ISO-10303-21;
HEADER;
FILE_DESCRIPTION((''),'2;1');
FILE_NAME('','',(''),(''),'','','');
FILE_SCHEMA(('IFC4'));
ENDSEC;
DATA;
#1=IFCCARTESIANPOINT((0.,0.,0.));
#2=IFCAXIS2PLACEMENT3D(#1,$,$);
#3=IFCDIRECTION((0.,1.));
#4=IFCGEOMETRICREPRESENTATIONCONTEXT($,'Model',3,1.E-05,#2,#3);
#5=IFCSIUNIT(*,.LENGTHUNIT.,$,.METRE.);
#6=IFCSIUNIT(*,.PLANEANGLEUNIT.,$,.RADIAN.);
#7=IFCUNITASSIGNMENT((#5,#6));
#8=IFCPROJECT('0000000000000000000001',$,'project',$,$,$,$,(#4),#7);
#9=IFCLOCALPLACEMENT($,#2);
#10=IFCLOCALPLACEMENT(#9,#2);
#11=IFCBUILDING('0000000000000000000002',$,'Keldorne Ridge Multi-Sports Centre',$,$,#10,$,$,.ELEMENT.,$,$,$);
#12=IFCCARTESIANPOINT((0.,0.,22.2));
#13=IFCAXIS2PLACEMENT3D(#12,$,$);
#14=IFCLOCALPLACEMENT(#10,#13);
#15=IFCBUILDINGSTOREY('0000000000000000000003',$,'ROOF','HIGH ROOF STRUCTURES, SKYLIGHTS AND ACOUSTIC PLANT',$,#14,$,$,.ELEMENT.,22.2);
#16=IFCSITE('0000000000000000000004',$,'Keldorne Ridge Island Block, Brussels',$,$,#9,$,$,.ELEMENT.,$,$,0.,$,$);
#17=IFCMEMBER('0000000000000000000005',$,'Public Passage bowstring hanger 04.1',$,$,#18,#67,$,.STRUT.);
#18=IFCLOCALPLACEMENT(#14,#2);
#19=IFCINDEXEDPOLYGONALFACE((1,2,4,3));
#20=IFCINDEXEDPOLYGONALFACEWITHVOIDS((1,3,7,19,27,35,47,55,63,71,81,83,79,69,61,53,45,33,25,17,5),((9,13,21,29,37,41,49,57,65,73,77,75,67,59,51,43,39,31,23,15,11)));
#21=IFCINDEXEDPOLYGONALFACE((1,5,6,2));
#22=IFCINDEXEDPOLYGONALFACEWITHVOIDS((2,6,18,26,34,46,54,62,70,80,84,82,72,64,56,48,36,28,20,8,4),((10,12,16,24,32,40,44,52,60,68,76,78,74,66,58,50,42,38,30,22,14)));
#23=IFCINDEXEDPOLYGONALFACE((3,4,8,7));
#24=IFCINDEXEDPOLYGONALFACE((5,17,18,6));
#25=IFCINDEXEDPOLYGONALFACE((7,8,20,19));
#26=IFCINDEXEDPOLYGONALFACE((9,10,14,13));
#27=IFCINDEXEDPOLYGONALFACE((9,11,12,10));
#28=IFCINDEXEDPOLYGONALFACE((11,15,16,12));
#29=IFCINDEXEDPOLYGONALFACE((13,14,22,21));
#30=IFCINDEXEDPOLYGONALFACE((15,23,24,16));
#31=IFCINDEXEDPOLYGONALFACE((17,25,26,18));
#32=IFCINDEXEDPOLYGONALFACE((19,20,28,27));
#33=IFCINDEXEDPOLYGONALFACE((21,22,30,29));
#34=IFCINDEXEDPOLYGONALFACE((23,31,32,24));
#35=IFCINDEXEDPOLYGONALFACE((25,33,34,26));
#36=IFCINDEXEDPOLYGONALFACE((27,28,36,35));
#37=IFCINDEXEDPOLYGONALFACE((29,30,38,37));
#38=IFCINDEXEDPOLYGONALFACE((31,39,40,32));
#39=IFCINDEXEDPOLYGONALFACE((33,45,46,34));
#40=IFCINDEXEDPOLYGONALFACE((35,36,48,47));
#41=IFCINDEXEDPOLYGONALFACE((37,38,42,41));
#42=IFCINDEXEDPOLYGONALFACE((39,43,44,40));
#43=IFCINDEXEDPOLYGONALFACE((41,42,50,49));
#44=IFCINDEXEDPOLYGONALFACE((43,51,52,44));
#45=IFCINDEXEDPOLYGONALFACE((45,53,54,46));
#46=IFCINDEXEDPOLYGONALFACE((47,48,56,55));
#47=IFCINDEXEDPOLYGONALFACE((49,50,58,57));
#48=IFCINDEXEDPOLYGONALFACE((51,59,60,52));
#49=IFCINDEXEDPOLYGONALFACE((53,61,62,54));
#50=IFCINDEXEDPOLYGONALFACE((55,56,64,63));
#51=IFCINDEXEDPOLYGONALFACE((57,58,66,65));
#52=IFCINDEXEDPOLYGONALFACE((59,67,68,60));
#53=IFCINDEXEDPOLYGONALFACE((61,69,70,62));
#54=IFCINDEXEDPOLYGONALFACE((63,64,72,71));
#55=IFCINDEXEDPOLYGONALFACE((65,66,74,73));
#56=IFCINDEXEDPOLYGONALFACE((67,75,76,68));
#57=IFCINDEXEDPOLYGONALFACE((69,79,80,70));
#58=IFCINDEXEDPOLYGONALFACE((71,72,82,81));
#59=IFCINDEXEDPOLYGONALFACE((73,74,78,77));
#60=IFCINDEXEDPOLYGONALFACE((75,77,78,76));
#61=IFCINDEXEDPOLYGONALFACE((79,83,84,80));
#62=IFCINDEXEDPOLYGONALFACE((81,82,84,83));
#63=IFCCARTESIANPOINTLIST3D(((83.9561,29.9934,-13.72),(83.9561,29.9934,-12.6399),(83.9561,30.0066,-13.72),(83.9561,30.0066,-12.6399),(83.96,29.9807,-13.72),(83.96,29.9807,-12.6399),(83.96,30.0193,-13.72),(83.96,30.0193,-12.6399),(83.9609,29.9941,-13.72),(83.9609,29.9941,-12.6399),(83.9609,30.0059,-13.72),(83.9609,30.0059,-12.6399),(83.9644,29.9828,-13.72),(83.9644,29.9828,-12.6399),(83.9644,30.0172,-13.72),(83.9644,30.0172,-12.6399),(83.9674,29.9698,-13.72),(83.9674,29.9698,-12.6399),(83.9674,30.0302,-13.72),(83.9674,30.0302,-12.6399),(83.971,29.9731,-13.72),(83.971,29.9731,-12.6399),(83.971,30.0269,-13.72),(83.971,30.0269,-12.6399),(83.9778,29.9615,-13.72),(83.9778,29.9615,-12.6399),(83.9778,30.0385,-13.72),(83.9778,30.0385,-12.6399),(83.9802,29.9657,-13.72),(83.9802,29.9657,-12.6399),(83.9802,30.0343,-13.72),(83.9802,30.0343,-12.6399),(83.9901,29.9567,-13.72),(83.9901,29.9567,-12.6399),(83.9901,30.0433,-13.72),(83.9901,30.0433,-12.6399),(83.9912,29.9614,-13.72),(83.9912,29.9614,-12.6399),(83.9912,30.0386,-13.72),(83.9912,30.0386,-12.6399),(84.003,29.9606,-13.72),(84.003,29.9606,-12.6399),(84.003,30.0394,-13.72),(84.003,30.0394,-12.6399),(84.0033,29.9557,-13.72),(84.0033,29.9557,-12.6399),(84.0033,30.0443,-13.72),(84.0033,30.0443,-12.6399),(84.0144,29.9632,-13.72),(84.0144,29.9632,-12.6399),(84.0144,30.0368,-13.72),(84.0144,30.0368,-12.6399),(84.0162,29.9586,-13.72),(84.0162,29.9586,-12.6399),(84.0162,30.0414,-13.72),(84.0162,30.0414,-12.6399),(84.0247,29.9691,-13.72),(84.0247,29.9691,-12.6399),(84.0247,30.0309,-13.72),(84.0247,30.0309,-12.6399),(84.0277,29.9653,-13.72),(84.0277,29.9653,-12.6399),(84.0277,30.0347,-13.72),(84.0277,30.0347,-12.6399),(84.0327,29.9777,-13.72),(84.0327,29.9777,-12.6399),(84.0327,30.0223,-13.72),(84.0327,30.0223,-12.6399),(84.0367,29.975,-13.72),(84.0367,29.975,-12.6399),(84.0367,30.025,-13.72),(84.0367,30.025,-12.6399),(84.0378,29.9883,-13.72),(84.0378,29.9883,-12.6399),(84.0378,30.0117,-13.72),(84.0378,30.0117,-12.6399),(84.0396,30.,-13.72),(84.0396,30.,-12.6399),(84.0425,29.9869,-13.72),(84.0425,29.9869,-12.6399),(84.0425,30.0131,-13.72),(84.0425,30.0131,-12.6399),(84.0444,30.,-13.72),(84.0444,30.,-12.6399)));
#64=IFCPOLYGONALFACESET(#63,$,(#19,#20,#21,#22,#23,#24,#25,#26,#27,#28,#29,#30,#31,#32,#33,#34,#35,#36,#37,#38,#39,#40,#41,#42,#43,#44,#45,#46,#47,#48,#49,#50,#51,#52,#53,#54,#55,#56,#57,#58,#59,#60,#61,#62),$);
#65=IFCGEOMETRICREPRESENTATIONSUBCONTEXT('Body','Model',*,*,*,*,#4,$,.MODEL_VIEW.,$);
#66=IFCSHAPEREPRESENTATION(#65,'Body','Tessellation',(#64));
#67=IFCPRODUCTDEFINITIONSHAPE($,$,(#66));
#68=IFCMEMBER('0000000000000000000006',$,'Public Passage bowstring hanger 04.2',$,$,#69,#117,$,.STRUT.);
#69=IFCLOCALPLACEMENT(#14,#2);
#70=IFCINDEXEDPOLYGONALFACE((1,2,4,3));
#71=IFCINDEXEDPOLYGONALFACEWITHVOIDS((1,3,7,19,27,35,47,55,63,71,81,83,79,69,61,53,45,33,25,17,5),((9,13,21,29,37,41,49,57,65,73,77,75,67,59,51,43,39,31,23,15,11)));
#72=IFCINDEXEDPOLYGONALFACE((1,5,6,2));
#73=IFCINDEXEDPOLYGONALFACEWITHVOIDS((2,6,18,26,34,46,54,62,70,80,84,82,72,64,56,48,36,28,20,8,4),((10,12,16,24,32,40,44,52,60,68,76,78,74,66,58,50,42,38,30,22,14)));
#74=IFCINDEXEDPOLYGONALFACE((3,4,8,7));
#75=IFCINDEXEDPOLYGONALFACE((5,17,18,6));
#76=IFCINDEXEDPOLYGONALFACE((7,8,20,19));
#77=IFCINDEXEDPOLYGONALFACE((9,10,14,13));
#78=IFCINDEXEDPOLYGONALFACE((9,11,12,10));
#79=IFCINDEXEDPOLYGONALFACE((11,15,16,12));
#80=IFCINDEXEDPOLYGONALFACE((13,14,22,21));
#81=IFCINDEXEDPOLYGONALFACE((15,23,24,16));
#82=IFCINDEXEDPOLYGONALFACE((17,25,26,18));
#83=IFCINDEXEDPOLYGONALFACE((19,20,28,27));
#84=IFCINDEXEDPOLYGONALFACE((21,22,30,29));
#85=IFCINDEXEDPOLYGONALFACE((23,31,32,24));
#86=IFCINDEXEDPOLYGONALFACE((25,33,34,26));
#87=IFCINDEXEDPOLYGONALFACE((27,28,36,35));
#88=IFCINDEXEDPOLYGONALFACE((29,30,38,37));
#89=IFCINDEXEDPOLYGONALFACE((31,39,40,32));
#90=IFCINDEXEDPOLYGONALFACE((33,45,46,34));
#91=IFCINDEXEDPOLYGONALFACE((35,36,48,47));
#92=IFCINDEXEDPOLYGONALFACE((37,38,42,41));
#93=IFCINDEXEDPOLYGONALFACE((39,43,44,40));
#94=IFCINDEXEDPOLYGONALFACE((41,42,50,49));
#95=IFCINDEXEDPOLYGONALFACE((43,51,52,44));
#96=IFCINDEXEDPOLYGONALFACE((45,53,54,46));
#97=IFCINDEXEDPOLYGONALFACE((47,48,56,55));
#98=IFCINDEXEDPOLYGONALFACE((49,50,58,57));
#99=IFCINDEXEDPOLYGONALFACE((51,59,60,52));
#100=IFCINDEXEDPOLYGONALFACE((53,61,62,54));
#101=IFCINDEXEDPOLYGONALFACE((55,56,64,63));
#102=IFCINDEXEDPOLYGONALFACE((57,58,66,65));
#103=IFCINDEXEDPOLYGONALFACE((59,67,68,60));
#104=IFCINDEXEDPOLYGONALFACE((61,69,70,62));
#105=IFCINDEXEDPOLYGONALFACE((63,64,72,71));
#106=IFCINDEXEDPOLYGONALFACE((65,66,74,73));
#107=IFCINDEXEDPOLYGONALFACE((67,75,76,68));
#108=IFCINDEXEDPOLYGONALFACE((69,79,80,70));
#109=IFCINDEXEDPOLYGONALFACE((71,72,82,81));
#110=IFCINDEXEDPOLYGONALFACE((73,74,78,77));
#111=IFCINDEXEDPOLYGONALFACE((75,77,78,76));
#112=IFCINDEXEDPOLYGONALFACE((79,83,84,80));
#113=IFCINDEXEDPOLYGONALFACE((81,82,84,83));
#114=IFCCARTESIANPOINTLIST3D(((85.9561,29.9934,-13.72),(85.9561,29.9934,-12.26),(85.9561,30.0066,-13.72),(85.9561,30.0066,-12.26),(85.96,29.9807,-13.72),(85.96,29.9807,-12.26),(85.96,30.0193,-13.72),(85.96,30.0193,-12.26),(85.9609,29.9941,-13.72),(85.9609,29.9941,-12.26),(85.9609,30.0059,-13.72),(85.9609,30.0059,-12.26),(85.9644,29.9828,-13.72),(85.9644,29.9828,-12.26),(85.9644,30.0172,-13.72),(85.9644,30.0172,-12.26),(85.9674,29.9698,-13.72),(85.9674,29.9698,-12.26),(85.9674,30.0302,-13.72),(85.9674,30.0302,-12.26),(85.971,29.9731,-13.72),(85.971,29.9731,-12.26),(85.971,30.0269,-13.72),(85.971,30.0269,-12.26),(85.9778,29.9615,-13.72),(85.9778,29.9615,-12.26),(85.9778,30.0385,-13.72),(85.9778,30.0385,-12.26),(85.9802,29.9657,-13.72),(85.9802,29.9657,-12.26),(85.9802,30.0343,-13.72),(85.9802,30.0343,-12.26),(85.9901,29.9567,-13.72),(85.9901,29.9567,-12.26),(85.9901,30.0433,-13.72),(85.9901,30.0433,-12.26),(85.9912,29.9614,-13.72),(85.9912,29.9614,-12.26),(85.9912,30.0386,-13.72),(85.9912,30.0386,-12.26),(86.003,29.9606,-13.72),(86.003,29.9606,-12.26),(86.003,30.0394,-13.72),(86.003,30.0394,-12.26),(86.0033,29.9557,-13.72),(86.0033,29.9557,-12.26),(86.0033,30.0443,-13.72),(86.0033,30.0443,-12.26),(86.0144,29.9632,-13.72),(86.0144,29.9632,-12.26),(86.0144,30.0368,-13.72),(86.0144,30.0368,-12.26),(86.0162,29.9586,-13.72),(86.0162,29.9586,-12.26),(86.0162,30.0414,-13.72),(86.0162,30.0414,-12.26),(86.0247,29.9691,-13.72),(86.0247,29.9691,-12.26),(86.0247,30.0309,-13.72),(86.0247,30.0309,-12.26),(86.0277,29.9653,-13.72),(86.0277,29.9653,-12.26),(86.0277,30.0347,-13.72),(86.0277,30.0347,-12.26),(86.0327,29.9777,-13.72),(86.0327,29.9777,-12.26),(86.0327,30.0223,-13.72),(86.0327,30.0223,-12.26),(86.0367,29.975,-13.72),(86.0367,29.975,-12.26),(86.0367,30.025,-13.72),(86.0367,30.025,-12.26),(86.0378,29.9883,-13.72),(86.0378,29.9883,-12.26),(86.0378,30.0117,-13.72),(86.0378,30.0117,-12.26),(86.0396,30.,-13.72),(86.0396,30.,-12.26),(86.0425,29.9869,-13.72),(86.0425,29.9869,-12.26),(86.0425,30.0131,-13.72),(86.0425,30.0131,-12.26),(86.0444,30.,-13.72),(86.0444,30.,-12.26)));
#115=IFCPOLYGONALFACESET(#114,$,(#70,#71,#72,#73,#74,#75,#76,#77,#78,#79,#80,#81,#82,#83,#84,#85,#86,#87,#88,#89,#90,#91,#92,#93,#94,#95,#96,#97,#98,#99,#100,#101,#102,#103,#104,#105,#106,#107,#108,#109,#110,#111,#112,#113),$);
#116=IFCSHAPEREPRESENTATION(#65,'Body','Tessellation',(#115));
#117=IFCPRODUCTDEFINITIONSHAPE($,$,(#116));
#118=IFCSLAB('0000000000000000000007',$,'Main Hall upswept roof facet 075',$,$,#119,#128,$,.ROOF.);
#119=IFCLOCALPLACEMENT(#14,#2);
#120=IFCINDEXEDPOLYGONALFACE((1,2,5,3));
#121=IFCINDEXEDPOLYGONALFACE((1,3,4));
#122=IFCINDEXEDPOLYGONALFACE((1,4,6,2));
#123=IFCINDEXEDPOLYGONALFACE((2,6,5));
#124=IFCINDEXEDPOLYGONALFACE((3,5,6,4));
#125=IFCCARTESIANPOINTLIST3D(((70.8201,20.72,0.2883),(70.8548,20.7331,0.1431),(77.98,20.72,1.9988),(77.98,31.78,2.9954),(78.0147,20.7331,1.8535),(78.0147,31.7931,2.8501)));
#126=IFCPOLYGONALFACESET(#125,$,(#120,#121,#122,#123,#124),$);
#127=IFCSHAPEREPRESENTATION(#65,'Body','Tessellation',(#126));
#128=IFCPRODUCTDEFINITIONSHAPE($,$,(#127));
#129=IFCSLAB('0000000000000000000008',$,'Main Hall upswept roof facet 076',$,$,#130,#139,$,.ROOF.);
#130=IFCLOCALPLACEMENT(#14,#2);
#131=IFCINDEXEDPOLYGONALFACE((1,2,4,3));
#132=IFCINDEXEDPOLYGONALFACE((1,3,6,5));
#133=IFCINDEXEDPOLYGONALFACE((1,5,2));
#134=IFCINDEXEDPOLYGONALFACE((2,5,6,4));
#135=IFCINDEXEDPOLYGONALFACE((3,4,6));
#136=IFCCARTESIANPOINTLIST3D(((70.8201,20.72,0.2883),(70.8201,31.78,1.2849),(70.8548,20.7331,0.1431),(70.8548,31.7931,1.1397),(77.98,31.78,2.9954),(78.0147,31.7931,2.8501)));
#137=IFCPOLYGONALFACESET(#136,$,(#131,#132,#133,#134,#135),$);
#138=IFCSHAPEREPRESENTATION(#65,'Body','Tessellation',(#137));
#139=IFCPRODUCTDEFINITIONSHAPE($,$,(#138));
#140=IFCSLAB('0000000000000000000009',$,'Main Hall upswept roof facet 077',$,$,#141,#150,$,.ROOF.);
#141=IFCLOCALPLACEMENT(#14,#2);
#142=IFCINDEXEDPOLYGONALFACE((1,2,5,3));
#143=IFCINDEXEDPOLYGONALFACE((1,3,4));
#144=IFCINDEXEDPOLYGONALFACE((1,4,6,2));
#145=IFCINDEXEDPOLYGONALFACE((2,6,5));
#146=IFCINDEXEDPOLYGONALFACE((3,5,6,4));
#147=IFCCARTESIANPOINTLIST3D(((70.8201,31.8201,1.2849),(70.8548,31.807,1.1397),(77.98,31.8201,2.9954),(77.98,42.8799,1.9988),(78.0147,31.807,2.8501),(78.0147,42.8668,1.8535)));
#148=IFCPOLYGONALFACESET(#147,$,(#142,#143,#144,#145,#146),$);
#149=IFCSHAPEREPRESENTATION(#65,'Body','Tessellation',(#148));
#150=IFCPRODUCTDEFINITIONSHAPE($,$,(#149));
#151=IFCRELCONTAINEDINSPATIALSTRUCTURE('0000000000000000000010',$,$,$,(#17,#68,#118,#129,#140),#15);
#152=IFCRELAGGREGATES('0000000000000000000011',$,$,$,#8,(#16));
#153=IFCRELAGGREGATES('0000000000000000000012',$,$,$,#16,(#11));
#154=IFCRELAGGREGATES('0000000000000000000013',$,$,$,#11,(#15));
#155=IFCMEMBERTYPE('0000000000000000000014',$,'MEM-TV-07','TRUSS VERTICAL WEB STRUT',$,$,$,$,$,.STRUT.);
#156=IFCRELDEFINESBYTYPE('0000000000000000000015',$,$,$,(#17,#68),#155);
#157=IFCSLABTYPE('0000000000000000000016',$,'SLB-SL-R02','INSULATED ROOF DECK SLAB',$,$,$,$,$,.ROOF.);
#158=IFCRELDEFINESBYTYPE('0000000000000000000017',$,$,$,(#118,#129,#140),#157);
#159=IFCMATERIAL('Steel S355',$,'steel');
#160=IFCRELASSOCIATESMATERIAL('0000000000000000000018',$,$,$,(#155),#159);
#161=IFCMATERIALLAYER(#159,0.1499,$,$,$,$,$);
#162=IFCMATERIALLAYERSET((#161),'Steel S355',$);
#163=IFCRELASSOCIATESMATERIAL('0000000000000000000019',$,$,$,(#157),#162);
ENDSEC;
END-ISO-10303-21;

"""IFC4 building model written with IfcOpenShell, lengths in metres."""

from ifc_helpers import new_model, si_unit, direction, frame, origin, origin_2d, place, context, subcontext, project, spatial, polyline, hollow_circle, outline, extrude, material, layer, layer_set, material_profile, profile_set, type_object, element, save


model = new_model("IFC4")

# Units and contexts
model_context = context("Model", 3, precision=1e-05, world=origin(), true_north=direction((0.0, 1.0)))
body_context = subcontext(model_context, "Body", "Model", "MODEL_VIEW")
ifc_project = project(units=[si_unit("LENGTHUNIT", "METRE"), si_unit("PLANEANGLEUNIT", "RADIAN")], contexts=[model_context])

# Site, building, storey
site_placement = place(None, origin())
site = spatial("IfcSite", under=ifc_project, at=site_placement, Name="Keldorne Ridge Island Block, Brussels", CompositionType="ELEMENT", RefElevation=0.0)
building_placement = place(site_placement, origin())
building = spatial("IfcBuilding", under=site, at=building_placement, Name="Keldorne Ridge Multi-Sports Centre", CompositionType="ELEMENT")
storey_placement = place(building_placement, frame((0.0, 0.0, 22.2)))
storey = spatial("IfcBuildingStorey", under=building, at=storey_placement, Name="ROOF", Description="HIGH ROOF STRUCTURES, SKYLIGHTS AND ACOUSTIC PLANT", CompositionType="ELEMENT", Elevation=22.2)

# Members
ifc_material = material(Name="Steel S355", Category="steel")
ifc_material_profile_1 = material_profile(ifc_material, hollow_circle(Radius=0.0444, WallThickness=0.0049, at=origin_2d()), Name="CHS 88.9x5")
ifc_profile_set_1 = profile_set([ifc_material_profile_1], Name="Steel S355")
member_type_1 = type_object("IfcMemberType", Name="MEM-TV-07", Description="TRUSS VERTICAL WEB STRUT", PredefinedType="STRUT", material=ifc_profile_set_1)
member_1_placement = place(storey_placement, frame((84.0, 30.0, -13.72), z_axis=(0.0, 0.0, 1.0), x_axis=(1.0, 0.0, 0.0)))
element("IfcMember", 1, at=member_1_placement, inside=storey, type_object=member_type_1, Name="Public Passage bowstring hanger 04.1", PredefinedType="STRUT", context=body_context, shape_type="SweptSolid", body=[
    extrude(hollow_circle(Radius=0.0444, WallThickness=0.0049, at=origin_2d()), origin(), (0.0, 0.0, 1.0), 1.0801),
])
member_2_placement = place(storey_placement, frame((86.0, 30.0, -13.72), z_axis=(0.0, 0.0, 1.0), x_axis=(1.0, 0.0, 0.0)))
element("IfcMember", 2, at=member_2_placement, inside=storey, type_object=member_type_1, Name="Public Passage bowstring hanger 04.2", PredefinedType="STRUT", context=body_context, shape_type="SweptSolid", body=[
    extrude(hollow_circle(Radius=0.0444, WallThickness=0.0049, at=origin_2d()), origin(), (0.0, 0.0, 1.0), 1.46),
])

# Slabs
ifc_layer = layer(ifc_material, 0.1499)
ifc_layer_set = layer_set([ifc_layer], Name="Steel S355")
slab_type = type_object("IfcSlabType", Name="SLB-SL-R02", Description="INSULATED ROOF DECK SLAB", PredefinedType="ROOF", material=ifc_layer_set)
slab_1_placement = place(storey_placement, frame((70.8201, 20.72, 0.2883), z_axis=(-0.231467, -0.087306, 0.968917), x_axis=(0.972631, 0.0, 0.232354)))
element("IfcSlab", 3, at=slab_1_placement, inside=storey, type_object=slab_type, Name="Main Hall upswept roof facet 075", PredefinedType="ROOF", context=body_context, shape_type="SweptSolid", body=[
    extrude(outline(polyline([(0.0, 0.0), (7.3614, 0.0), (7.5929, 11.1025), (0.0, 0.0)])), origin(), (0.0, 0.0, -1.0), 0.1499),
])
slab_2_placement = place(storey_placement, frame((70.8201, 20.72, 0.2883), z_axis=(-0.231467, -0.087306, 0.968917), x_axis=(0.532314, 0.822276, 0.201258)))
element("IfcSlab", 4, at=slab_2_placement, inside=storey, type_object=slab_type, Name="Main Hall upswept roof facet 076", PredefinedType="ROOF", context=body_context, shape_type="SweptSolid", body=[
    extrude(outline(polyline([(0.0, 0.0), (13.4505, 0.0), (9.295, 6.0763), (0.0, 0.0)])), origin(), (0.0, 0.0, -1.0), 0.1499),
])
slab_3_placement = place(storey_placement, frame((70.8201, 31.8201, 1.2849), z_axis=(-0.231467, 0.087308, 0.968917), x_axis=(0.972631, 0.0, 0.232354)))
element("IfcSlab", 5, at=slab_3_placement, inside=storey, type_object=slab_type, Name="Main Hall upswept roof facet 077", PredefinedType="ROOF", context=body_context, shape_type="SweptSolid", body=[
    extrude(outline(polyline([(0.0, 0.0), (7.3614, 0.0), (7.1298, 11.1022), (0.0, 0.0)])), origin(), (0.0, 0.0, -1.0), 0.1499),
])

save(model, "model.ifc")
